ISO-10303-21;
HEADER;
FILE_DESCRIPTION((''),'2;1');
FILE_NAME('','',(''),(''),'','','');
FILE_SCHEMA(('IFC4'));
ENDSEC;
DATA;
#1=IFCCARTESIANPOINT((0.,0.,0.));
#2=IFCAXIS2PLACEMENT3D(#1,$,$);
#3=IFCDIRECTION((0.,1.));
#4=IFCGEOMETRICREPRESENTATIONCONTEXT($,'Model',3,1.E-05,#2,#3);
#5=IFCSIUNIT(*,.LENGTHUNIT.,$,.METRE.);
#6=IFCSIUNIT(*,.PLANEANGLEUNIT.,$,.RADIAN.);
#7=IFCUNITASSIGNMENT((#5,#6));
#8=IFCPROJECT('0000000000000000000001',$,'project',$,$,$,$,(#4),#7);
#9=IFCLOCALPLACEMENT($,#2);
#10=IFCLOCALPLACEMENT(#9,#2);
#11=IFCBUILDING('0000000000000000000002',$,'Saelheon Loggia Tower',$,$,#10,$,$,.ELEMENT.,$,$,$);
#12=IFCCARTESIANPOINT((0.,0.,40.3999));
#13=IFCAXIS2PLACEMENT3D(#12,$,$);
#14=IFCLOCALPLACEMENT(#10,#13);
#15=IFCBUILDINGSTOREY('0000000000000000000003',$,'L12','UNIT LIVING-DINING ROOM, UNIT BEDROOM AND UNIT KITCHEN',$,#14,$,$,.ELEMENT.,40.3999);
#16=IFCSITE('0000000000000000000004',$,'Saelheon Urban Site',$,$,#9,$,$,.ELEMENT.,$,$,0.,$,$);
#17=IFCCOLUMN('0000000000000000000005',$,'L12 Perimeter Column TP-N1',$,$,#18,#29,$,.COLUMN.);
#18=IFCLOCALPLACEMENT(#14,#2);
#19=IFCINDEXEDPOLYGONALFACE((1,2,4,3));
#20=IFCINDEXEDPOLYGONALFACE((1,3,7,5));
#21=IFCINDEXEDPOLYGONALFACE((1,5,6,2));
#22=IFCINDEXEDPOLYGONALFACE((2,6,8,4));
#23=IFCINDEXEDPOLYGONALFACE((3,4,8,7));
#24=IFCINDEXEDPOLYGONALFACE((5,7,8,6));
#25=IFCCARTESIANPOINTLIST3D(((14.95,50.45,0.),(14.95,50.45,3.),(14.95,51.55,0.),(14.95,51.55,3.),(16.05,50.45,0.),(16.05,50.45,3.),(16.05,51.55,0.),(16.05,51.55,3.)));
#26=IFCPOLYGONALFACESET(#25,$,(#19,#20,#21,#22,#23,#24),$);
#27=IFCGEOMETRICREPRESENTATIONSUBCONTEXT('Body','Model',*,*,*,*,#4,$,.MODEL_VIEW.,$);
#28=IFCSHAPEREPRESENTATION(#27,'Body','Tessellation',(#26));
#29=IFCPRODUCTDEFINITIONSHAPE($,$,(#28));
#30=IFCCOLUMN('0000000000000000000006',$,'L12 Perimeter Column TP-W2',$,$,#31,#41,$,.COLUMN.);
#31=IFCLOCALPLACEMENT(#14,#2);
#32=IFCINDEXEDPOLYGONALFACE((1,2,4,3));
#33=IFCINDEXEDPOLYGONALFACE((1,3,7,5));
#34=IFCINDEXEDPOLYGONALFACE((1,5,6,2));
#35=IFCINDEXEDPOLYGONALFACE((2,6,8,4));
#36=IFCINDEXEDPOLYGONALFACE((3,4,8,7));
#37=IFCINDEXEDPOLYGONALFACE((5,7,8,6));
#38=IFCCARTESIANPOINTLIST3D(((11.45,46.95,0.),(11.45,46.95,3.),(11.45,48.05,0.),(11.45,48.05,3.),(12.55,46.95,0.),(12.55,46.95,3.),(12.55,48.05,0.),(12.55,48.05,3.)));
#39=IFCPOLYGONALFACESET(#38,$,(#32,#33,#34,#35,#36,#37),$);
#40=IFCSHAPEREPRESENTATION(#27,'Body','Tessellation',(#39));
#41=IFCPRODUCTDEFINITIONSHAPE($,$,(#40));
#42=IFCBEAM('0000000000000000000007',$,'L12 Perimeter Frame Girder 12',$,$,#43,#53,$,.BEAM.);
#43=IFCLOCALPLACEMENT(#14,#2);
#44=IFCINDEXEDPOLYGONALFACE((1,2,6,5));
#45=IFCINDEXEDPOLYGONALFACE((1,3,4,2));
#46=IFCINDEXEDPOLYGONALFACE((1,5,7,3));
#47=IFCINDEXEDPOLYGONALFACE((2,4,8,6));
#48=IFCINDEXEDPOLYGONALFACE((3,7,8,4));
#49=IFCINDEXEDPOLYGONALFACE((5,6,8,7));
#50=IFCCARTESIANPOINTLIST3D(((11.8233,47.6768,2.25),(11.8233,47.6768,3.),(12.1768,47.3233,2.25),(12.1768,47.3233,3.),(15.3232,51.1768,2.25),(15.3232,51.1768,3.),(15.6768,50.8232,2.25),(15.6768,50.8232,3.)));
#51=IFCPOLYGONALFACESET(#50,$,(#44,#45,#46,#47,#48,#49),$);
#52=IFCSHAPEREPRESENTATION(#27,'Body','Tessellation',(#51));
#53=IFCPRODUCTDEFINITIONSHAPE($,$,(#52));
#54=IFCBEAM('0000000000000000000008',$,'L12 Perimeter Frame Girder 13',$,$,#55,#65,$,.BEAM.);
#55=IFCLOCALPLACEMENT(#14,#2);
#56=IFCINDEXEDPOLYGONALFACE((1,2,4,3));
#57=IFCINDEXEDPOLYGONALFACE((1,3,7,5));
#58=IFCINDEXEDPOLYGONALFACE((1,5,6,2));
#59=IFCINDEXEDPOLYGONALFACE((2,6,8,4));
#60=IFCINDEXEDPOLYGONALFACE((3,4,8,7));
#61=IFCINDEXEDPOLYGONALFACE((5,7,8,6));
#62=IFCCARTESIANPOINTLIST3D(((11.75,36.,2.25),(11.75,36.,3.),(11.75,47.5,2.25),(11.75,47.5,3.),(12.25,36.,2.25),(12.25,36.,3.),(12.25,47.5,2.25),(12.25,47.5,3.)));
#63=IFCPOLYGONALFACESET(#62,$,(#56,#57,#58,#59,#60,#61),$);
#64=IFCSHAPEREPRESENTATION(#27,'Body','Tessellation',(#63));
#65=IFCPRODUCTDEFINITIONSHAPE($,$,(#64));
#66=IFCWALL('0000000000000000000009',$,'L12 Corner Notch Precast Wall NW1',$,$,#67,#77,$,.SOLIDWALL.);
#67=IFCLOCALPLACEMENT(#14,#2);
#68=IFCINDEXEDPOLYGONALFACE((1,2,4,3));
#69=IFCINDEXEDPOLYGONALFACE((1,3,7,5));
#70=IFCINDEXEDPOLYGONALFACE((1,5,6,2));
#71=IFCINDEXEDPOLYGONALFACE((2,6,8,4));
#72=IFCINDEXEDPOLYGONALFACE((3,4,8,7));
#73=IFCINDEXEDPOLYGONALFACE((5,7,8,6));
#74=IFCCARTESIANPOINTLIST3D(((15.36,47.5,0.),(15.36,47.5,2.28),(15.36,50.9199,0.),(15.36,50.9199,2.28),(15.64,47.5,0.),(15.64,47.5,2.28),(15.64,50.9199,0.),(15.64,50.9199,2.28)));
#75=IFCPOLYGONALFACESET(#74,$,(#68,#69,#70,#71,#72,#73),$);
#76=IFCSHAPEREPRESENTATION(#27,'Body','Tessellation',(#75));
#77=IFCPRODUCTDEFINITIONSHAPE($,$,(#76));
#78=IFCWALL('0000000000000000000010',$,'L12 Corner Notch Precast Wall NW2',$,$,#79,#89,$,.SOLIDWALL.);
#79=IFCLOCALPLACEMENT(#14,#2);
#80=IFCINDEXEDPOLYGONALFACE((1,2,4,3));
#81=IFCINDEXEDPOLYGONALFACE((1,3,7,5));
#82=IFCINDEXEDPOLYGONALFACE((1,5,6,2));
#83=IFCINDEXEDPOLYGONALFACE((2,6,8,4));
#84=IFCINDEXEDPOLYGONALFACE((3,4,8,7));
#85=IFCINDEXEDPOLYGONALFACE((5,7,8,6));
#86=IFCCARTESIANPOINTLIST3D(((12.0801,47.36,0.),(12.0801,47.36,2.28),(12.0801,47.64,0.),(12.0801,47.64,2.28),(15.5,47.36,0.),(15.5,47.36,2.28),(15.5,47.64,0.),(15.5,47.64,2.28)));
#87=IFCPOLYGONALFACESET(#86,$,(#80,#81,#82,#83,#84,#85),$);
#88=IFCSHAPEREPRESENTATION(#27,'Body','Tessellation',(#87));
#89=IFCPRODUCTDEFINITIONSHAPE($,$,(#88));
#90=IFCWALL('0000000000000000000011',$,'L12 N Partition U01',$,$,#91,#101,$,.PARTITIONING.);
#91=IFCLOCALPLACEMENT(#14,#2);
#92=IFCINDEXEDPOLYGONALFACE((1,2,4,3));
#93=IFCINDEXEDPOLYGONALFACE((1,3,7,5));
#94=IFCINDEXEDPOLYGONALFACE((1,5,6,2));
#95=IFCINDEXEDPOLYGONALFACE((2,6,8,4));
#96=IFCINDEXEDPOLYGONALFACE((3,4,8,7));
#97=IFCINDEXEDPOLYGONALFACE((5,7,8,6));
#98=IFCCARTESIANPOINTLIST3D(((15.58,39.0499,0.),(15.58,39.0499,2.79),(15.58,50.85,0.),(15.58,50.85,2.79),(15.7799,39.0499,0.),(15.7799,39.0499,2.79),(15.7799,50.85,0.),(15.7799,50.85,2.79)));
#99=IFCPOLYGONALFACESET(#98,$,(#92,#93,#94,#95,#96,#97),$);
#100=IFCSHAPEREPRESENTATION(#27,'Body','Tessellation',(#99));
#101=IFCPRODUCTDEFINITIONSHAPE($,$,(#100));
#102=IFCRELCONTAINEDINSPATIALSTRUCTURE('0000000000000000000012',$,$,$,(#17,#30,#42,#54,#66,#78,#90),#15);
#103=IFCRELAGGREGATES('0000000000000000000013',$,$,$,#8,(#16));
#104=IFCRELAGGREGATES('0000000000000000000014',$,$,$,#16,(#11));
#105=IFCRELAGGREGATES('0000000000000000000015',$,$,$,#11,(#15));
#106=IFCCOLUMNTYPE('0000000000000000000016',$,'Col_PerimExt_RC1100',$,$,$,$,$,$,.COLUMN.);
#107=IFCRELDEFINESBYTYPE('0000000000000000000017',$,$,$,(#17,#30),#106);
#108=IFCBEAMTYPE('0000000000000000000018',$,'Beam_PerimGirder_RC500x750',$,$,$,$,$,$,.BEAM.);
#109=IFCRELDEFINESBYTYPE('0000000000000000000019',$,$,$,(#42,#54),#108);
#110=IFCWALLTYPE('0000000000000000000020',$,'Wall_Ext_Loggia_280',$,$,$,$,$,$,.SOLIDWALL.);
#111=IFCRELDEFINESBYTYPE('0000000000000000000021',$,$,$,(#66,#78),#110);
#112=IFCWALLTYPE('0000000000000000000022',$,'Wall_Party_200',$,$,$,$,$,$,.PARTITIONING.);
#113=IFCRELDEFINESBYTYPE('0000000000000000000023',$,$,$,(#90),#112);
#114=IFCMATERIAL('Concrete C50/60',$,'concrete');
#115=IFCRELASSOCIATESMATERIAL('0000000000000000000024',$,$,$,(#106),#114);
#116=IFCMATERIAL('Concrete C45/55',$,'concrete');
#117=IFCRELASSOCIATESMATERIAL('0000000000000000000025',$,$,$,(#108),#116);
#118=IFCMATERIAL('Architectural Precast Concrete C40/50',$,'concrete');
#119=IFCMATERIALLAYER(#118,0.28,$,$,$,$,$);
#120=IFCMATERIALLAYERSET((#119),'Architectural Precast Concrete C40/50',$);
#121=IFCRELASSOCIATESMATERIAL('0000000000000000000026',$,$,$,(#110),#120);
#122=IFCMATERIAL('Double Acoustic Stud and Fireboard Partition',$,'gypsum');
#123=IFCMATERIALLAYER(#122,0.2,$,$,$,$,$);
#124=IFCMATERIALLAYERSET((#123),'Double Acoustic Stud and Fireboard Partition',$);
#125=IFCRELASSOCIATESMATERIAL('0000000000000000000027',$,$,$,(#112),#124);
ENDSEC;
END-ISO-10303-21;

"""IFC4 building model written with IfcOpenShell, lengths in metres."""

from ifc_helpers import new_model, si_unit, direction, frame, frame_2d, origin, origin_2d, place, context, subcontext, project, spatial, rectangle, extrude, source, transform, mapped, material, layer, layer_set, material_profile, profile_set, type_object, element, save


model = new_model("IFC4")

# Units and contexts
model_context = context("Model", 3, precision=1e-05, world=origin(), true_north=direction((0.0, 1.0)))
body_context = subcontext(model_context, "Body", "Model", "MODEL_VIEW")
ifc_project = project(units=[si_unit("LENGTHUNIT", "METRE"), si_unit("PLANEANGLEUNIT", "RADIAN")], contexts=[model_context])

# Site, building, storey
site_placement = place(None, origin())
site = spatial("IfcSite", under=ifc_project, at=site_placement, Name="Saelheon Urban Site", CompositionType="ELEMENT", RefElevation=0.0)
building_placement = place(site_placement, origin())
building = spatial("IfcBuilding", under=site, at=building_placement, Name="Saelheon Loggia Tower", CompositionType="ELEMENT")
storey_placement = place(building_placement, frame((0.0, 0.0, 40.3999)))
storey = spatial("IfcBuildingStorey", under=building, at=storey_placement, Name="L12", Description="UNIT LIVING-DINING ROOM, UNIT BEDROOM AND UNIT KITCHEN", CompositionType="ELEMENT", Elevation=40.3999)

# Columns
ifc_material_1 = material(Name="Concrete C50/60", Category="concrete")
ifc_material_profile_1 = material_profile(ifc_material_1, rectangle(XDim=1.1001, YDim=1.1001, at=origin_2d()), Name="RC-1100x1100")
ifc_profile_set_1 = profile_set([ifc_material_profile_1], Name="Concrete C50/60")
column_type = type_object("IfcColumnType", Name="Col_PerimExt_RC1100", PredefinedType="COLUMN", material=ifc_profile_set_1)
shared_shape_1 = source(origin(), body_context, "Body", "SweptSolid", [
    extrude(rectangle(XDim=1.1001, YDim=1.1001, at=origin_2d()), origin(), (0.0, 0.0, 1.0), 3.0),
])
for number, where, z_axis, x_axis, name in (
    (1, (15.5, 51.0, 0.0), (0.0, 0.0, 1.0), (1.0, 0.0, 0.0), "L12 Perimeter Column TP-N1"),
    (2, (12.0, 47.5, 0.0), (0.0, 0.0, 1.0), (1.0, 0.0, 0.0), "L12 Perimeter Column TP-W2"),
):
    element("IfcColumn", number, at=place(storey_placement, frame(where, z_axis=z_axis, x_axis=x_axis)), inside=storey, type_object=column_type, Name=name, PredefinedType="COLUMN", context=body_context, shape_type="MappedRepresentation", body=[
        mapped(shared_shape_1, transform((0.0, 0.0, 0.0), scale=1.0)),
    ])

# Beams
ifc_material_2 = material(Name="Concrete C45/55", Category="concrete")
ifc_material_profile_2 = material_profile(ifc_material_2, rectangle(XDim=0.5, YDim=0.75, at=origin_2d()), Name="RC-500x750")
ifc_profile_set_2 = profile_set([ifc_material_profile_2], Name="Concrete C45/55")
beam_type = type_object("IfcBeamType", Name="Beam_PerimGirder_RC500x750", PredefinedType="BEAM", material=ifc_profile_set_2)
shared_shape_2 = source(origin(), body_context, "Body", "SweptSolid", [
    extrude(rectangle(XDim=0.5, YDim=0.75, at=origin_2d()), origin(), (0.0, 0.0, 1.0), 4.9497),
])
beam_1_placement = place(storey_placement, frame((15.5, 51.0, 2.625), z_axis=(-0.707107, -0.707107, 0.0), x_axis=(0.707107, -0.707107, 0.0)))
element("IfcBeam", 3, at=beam_1_placement, inside=storey, type_object=beam_type, Name="L12 Perimeter Frame Girder 12", PredefinedType="BEAM", context=body_context, shape_type="MappedRepresentation", body=[
    mapped(shared_shape_2, transform((0.0, 0.0, 0.0), scale=1.0)),
])
shared_shape_3 = source(origin(), body_context, "Body", "SweptSolid", [
    extrude(rectangle(XDim=0.5, YDim=0.75, at=origin_2d()), origin(), (0.0, 0.0, 1.0), 11.5),
])
beam_2_placement = place(storey_placement, frame((12.0, 47.5, 2.625), z_axis=(0.0, -1.0, 0.0), x_axis=(1.0, 0.0, 0.0)))
element("IfcBeam", 4, at=beam_2_placement, inside=storey, type_object=beam_type, Name="L12 Perimeter Frame Girder 13", PredefinedType="BEAM", context=body_context, shape_type="MappedRepresentation", body=[
    mapped(shared_shape_3, transform((0.0, 0.0, 0.0), scale=1.0)),
])

# Shared definitions
ifc_material_3 = material(Name="Architectural Precast Concrete C40/50", Category="concrete")
ifc_layer_1 = layer(ifc_material_3, 0.28)
ifc_layer_set_1 = layer_set([ifc_layer_1], Name="Architectural Precast Concrete C40/50")
wall_type_1 = type_object("IfcWallType", Name="Wall_Ext_Loggia_280", PredefinedType="SOLIDWALL", material=ifc_layer_set_1)

# Walls
for number, where, z_axis, x_axis, name in (
    (5, (15.5, 47.5, 0.0), (0.0, 0.0, 1.0), (0.0, 1.0, 0.0), "L12 Corner Notch Precast Wall NW1"),
    (6, (12.0801, 47.5, 0.0), (0.0, 0.0, 1.0), (1.0, 0.0, 0.0), "L12 Corner Notch Precast Wall NW2"),
):
    element("IfcWall", number, at=place(storey_placement, frame(where, z_axis=z_axis, x_axis=x_axis)), inside=storey, type_object=wall_type_1, Name=name, PredefinedType="SOLIDWALL", context=body_context, shape_type="SweptSolid", body=[
        extrude(rectangle(XDim=3.4199, YDim=0.28, at=frame_2d((1.71, 0.0))), origin(), (0.0, 0.0, 1.0), 2.28),
    ])
ifc_material_4 = material(Name="Double Acoustic Stud and Fireboard Partition", Category="gypsum")
ifc_layer_2 = layer(ifc_material_4, 0.2)
ifc_layer_set_2 = layer_set([ifc_layer_2], Name="Double Acoustic Stud and Fireboard Partition")
wall_type_2 = type_object("IfcWallType", Name="Wall_Party_200", PredefinedType="PARTITIONING", material=ifc_layer_set_2)
wall_1_placement = place(storey_placement, frame((15.6799, 39.05, 0.0), z_axis=(0.0, 0.0, 1.0), x_axis=(0.0, 1.0, 0.0)))
element("IfcWall", 7, at=wall_1_placement, inside=storey, type_object=wall_type_2, Name="L12 N Partition U01", PredefinedType="PARTITIONING", context=body_context, shape_type="SweptSolid", body=[
    extrude(rectangle(XDim=11.8, YDim=0.2, at=frame_2d((5.8999, 0.0))), origin(), (0.0, 0.0, 1.0), 2.79),
])

save(model, "model.ifc")
